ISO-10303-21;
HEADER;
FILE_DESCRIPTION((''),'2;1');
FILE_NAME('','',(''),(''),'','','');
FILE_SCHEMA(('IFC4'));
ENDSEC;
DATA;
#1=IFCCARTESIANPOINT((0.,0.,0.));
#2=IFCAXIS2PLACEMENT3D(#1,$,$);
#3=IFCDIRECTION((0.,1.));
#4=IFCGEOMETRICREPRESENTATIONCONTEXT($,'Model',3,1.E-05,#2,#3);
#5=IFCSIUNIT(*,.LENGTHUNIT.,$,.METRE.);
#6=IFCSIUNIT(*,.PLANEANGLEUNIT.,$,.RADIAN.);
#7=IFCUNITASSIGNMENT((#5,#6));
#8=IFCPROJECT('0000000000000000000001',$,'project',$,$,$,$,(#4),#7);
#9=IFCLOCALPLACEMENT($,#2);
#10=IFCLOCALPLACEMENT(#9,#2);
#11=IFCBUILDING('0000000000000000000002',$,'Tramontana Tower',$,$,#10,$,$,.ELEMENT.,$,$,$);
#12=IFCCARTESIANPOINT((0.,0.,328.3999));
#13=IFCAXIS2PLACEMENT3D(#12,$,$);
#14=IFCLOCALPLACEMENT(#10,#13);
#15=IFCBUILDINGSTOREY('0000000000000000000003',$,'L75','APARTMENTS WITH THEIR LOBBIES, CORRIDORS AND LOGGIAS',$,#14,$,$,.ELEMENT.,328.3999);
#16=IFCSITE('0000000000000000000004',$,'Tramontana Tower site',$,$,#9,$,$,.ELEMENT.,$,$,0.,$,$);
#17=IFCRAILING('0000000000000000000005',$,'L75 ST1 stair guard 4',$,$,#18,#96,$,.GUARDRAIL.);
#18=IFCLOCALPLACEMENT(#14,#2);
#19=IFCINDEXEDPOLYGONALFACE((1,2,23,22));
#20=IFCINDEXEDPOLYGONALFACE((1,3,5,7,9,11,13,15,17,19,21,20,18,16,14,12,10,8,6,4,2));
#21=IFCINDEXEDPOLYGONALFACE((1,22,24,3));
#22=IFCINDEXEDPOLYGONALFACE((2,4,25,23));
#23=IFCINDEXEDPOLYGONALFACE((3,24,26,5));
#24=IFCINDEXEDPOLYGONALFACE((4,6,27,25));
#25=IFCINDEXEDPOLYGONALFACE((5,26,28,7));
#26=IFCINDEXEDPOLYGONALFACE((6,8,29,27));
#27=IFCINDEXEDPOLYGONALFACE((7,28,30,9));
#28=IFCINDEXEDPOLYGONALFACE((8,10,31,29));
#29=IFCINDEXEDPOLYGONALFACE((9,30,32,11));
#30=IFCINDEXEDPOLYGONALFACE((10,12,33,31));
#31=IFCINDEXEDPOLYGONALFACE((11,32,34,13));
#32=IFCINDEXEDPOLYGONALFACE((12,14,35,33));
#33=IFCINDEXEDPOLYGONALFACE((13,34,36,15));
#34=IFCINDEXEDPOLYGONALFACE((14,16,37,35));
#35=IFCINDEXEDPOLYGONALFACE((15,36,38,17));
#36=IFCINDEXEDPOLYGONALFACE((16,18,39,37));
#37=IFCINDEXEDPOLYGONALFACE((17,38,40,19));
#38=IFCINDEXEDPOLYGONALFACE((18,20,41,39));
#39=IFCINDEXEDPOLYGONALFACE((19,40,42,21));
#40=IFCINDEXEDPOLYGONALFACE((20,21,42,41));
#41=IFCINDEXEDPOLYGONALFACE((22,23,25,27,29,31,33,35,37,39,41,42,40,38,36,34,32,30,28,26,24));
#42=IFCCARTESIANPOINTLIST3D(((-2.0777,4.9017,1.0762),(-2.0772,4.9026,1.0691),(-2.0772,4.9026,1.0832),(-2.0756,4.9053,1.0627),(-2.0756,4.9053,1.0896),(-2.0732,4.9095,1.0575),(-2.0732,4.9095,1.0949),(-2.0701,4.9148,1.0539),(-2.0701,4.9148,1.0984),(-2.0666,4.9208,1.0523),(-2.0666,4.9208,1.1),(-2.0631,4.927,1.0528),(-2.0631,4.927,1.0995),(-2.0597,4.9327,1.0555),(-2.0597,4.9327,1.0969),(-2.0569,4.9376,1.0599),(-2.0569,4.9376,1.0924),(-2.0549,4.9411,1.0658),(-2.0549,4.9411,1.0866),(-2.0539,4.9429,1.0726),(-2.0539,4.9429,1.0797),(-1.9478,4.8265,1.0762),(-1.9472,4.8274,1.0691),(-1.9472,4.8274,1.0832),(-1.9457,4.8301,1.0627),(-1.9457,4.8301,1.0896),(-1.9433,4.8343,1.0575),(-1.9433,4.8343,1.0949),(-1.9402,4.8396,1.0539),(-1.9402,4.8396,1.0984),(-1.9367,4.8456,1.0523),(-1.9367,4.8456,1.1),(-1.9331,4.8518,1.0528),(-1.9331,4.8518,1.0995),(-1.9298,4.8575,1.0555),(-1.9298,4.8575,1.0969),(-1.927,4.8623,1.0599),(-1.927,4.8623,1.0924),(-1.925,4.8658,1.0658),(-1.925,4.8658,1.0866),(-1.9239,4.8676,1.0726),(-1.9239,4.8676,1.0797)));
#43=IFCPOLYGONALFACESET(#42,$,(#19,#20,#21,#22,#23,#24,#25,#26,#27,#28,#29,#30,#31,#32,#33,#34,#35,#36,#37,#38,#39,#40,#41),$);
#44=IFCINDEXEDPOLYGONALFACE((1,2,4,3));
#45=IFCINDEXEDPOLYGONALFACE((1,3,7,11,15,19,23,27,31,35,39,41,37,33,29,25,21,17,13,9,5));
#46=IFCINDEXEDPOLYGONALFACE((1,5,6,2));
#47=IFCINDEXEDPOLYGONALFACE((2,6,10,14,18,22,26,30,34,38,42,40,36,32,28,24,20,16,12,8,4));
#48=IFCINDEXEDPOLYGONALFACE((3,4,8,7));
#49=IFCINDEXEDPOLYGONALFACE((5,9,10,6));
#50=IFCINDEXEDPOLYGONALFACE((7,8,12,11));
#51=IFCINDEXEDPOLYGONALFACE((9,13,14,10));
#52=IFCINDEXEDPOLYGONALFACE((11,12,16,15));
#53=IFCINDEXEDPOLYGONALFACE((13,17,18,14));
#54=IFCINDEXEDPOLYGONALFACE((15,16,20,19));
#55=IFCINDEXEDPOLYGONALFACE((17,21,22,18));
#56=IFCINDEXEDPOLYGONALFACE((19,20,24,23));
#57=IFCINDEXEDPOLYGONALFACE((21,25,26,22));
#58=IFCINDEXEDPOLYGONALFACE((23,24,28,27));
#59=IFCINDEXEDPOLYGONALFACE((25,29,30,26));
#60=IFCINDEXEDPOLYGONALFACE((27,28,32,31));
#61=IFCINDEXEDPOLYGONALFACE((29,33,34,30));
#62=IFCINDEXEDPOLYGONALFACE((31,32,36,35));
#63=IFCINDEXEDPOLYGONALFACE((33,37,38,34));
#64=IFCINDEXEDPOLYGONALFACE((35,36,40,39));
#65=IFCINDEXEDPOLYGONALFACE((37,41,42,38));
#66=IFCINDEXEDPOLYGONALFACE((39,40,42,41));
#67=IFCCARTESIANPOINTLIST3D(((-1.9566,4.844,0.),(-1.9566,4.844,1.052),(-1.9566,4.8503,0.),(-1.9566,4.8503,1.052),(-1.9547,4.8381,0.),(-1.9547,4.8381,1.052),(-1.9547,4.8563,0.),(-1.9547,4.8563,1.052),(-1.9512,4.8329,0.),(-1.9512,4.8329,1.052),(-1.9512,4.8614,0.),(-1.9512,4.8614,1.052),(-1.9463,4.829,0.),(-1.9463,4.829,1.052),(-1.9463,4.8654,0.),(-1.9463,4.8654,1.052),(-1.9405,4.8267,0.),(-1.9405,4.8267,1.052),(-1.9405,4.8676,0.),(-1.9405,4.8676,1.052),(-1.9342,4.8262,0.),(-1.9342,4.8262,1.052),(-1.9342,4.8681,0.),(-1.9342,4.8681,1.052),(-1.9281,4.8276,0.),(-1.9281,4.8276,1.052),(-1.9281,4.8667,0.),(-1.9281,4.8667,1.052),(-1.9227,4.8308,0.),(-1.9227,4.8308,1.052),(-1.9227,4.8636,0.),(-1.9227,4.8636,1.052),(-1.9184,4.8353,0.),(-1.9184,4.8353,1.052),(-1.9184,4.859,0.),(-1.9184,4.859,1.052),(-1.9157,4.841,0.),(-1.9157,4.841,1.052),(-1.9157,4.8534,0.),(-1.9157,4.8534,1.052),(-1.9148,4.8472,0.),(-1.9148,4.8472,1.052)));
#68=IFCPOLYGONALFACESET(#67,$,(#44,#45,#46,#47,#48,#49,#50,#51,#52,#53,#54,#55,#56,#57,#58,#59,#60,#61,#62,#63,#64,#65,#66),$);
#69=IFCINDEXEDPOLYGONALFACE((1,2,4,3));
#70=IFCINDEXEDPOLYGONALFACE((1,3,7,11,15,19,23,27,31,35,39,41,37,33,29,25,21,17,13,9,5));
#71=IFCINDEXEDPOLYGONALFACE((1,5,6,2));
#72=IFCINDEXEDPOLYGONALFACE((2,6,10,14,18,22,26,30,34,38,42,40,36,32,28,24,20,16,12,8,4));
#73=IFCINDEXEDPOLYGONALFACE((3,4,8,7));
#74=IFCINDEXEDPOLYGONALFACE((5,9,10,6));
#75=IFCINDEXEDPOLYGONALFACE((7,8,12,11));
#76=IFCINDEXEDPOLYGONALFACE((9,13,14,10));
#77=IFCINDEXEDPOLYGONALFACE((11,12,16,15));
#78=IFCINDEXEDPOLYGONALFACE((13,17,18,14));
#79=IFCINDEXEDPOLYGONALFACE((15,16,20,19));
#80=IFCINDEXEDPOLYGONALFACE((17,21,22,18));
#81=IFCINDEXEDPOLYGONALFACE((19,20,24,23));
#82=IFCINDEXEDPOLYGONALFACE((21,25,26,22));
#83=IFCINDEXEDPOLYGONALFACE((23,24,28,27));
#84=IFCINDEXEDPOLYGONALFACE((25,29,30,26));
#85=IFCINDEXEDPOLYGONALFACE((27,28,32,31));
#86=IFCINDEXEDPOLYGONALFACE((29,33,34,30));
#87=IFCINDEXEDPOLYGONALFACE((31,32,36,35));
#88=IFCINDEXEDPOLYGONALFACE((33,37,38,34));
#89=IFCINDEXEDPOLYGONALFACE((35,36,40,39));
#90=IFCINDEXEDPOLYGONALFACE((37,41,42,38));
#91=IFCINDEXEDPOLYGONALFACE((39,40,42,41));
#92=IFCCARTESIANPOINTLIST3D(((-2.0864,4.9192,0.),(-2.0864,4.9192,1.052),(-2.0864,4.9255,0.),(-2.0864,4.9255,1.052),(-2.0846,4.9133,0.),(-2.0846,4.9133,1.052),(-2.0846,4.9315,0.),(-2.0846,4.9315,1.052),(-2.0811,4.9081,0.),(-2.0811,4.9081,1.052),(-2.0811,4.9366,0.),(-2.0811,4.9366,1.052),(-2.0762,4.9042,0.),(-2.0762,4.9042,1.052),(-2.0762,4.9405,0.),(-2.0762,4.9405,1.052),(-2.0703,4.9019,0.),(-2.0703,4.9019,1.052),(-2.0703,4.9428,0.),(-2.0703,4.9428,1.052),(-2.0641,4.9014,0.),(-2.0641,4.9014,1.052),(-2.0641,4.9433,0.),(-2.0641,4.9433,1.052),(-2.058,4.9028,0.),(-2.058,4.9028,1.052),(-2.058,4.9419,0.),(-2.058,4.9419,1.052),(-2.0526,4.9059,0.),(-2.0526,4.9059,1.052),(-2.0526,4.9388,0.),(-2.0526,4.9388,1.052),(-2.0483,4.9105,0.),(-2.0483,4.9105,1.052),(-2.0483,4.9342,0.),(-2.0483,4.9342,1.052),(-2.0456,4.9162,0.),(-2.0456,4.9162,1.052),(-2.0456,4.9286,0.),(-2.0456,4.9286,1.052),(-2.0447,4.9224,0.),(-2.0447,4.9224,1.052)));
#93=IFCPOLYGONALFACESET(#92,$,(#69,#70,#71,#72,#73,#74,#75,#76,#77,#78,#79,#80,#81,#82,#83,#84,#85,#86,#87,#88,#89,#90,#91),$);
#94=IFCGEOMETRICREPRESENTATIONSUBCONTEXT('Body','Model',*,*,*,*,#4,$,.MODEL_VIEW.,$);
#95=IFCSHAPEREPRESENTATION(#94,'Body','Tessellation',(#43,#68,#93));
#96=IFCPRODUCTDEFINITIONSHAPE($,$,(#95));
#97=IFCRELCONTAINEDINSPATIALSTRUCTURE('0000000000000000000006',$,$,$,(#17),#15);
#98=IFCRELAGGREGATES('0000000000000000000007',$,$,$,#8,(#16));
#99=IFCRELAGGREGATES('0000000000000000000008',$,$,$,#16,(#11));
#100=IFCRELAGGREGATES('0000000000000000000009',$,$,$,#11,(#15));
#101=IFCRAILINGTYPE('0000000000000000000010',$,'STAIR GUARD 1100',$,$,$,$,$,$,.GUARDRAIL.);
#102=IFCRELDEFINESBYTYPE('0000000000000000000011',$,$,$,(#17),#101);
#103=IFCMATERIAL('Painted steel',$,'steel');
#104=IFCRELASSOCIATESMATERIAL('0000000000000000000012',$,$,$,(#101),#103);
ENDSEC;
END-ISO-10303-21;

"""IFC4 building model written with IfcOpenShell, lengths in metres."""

from ifc_helpers import new_model, si_unit, direction, frame, origin, origin_2d, place, context, subcontext, project, spatial, circle, extrude, material, type_object, element, save


model = new_model("IFC4")

# Units and contexts
model_context = context("Model", 3, precision=1e-05, world=origin(), true_north=direction((0.0, 1.0)))
body_context = subcontext(model_context, "Body", "Model", "MODEL_VIEW")
ifc_project = project(units=[si_unit("LENGTHUNIT", "METRE"), si_unit("PLANEANGLEUNIT", "RADIAN")], contexts=[model_context])

# Site, building, storey
site_placement = place(None, origin())
site = spatial("IfcSite", under=ifc_project, at=site_placement, Name="Tramontana Tower site", CompositionType="ELEMENT", RefElevation=0.0)
building_placement = place(site_placement, origin())
building = spatial("IfcBuilding", under=site, at=building_placement, Name="Tramontana Tower", CompositionType="ELEMENT")
storey_placement = place(building_placement, frame((0.0, 0.0, 328.3999)))
storey = spatial("IfcBuildingStorey", under=building, at=storey_placement, Name="L75", Description="APARTMENTS WITH THEIR LOBBIES, CORRIDORS AND LOGGIAS", CompositionType="ELEMENT", Elevation=328.3999)

# Railing
ifc_material_1 = material(Name="Painted steel", Category="steel")
railing_type_1 = type_object("IfcRailingType", Name="STAIR GUARD 1100", PredefinedType="GUARDRAIL", material=ifc_material_1)
railing_1_placement = place(storey_placement, frame((-1.9358, 4.8472, 0.0)))
element("IfcRailing", 1, at=railing_1_placement, inside=storey, type_object=railing_type_1, Name="L75 ST1 stair guard 4", PredefinedType="GUARDRAIL", context=body_context, shape_type="SweptSolid", body=[
    extrude(circle(Radius=0.0239, at=origin_2d()), frame((0.0, 0.0, 1.0762), z_axis=(-0.865426, 0.501036, 0.0), x_axis=(-0.501036, -0.865426, 0.0)), (0.0, 0.0, 1.0), 0.1501),
    extrude(circle(Radius=0.021, at=origin_2d()), origin(), (0.0, 0.0, 1.0), 1.052),
    extrude(circle(Radius=0.021, at=origin_2d()), frame((-0.1299, 0.0752, 0.0)), (0.0, 0.0, 1.0), 1.052),
])

save(model, "model.ifc")
